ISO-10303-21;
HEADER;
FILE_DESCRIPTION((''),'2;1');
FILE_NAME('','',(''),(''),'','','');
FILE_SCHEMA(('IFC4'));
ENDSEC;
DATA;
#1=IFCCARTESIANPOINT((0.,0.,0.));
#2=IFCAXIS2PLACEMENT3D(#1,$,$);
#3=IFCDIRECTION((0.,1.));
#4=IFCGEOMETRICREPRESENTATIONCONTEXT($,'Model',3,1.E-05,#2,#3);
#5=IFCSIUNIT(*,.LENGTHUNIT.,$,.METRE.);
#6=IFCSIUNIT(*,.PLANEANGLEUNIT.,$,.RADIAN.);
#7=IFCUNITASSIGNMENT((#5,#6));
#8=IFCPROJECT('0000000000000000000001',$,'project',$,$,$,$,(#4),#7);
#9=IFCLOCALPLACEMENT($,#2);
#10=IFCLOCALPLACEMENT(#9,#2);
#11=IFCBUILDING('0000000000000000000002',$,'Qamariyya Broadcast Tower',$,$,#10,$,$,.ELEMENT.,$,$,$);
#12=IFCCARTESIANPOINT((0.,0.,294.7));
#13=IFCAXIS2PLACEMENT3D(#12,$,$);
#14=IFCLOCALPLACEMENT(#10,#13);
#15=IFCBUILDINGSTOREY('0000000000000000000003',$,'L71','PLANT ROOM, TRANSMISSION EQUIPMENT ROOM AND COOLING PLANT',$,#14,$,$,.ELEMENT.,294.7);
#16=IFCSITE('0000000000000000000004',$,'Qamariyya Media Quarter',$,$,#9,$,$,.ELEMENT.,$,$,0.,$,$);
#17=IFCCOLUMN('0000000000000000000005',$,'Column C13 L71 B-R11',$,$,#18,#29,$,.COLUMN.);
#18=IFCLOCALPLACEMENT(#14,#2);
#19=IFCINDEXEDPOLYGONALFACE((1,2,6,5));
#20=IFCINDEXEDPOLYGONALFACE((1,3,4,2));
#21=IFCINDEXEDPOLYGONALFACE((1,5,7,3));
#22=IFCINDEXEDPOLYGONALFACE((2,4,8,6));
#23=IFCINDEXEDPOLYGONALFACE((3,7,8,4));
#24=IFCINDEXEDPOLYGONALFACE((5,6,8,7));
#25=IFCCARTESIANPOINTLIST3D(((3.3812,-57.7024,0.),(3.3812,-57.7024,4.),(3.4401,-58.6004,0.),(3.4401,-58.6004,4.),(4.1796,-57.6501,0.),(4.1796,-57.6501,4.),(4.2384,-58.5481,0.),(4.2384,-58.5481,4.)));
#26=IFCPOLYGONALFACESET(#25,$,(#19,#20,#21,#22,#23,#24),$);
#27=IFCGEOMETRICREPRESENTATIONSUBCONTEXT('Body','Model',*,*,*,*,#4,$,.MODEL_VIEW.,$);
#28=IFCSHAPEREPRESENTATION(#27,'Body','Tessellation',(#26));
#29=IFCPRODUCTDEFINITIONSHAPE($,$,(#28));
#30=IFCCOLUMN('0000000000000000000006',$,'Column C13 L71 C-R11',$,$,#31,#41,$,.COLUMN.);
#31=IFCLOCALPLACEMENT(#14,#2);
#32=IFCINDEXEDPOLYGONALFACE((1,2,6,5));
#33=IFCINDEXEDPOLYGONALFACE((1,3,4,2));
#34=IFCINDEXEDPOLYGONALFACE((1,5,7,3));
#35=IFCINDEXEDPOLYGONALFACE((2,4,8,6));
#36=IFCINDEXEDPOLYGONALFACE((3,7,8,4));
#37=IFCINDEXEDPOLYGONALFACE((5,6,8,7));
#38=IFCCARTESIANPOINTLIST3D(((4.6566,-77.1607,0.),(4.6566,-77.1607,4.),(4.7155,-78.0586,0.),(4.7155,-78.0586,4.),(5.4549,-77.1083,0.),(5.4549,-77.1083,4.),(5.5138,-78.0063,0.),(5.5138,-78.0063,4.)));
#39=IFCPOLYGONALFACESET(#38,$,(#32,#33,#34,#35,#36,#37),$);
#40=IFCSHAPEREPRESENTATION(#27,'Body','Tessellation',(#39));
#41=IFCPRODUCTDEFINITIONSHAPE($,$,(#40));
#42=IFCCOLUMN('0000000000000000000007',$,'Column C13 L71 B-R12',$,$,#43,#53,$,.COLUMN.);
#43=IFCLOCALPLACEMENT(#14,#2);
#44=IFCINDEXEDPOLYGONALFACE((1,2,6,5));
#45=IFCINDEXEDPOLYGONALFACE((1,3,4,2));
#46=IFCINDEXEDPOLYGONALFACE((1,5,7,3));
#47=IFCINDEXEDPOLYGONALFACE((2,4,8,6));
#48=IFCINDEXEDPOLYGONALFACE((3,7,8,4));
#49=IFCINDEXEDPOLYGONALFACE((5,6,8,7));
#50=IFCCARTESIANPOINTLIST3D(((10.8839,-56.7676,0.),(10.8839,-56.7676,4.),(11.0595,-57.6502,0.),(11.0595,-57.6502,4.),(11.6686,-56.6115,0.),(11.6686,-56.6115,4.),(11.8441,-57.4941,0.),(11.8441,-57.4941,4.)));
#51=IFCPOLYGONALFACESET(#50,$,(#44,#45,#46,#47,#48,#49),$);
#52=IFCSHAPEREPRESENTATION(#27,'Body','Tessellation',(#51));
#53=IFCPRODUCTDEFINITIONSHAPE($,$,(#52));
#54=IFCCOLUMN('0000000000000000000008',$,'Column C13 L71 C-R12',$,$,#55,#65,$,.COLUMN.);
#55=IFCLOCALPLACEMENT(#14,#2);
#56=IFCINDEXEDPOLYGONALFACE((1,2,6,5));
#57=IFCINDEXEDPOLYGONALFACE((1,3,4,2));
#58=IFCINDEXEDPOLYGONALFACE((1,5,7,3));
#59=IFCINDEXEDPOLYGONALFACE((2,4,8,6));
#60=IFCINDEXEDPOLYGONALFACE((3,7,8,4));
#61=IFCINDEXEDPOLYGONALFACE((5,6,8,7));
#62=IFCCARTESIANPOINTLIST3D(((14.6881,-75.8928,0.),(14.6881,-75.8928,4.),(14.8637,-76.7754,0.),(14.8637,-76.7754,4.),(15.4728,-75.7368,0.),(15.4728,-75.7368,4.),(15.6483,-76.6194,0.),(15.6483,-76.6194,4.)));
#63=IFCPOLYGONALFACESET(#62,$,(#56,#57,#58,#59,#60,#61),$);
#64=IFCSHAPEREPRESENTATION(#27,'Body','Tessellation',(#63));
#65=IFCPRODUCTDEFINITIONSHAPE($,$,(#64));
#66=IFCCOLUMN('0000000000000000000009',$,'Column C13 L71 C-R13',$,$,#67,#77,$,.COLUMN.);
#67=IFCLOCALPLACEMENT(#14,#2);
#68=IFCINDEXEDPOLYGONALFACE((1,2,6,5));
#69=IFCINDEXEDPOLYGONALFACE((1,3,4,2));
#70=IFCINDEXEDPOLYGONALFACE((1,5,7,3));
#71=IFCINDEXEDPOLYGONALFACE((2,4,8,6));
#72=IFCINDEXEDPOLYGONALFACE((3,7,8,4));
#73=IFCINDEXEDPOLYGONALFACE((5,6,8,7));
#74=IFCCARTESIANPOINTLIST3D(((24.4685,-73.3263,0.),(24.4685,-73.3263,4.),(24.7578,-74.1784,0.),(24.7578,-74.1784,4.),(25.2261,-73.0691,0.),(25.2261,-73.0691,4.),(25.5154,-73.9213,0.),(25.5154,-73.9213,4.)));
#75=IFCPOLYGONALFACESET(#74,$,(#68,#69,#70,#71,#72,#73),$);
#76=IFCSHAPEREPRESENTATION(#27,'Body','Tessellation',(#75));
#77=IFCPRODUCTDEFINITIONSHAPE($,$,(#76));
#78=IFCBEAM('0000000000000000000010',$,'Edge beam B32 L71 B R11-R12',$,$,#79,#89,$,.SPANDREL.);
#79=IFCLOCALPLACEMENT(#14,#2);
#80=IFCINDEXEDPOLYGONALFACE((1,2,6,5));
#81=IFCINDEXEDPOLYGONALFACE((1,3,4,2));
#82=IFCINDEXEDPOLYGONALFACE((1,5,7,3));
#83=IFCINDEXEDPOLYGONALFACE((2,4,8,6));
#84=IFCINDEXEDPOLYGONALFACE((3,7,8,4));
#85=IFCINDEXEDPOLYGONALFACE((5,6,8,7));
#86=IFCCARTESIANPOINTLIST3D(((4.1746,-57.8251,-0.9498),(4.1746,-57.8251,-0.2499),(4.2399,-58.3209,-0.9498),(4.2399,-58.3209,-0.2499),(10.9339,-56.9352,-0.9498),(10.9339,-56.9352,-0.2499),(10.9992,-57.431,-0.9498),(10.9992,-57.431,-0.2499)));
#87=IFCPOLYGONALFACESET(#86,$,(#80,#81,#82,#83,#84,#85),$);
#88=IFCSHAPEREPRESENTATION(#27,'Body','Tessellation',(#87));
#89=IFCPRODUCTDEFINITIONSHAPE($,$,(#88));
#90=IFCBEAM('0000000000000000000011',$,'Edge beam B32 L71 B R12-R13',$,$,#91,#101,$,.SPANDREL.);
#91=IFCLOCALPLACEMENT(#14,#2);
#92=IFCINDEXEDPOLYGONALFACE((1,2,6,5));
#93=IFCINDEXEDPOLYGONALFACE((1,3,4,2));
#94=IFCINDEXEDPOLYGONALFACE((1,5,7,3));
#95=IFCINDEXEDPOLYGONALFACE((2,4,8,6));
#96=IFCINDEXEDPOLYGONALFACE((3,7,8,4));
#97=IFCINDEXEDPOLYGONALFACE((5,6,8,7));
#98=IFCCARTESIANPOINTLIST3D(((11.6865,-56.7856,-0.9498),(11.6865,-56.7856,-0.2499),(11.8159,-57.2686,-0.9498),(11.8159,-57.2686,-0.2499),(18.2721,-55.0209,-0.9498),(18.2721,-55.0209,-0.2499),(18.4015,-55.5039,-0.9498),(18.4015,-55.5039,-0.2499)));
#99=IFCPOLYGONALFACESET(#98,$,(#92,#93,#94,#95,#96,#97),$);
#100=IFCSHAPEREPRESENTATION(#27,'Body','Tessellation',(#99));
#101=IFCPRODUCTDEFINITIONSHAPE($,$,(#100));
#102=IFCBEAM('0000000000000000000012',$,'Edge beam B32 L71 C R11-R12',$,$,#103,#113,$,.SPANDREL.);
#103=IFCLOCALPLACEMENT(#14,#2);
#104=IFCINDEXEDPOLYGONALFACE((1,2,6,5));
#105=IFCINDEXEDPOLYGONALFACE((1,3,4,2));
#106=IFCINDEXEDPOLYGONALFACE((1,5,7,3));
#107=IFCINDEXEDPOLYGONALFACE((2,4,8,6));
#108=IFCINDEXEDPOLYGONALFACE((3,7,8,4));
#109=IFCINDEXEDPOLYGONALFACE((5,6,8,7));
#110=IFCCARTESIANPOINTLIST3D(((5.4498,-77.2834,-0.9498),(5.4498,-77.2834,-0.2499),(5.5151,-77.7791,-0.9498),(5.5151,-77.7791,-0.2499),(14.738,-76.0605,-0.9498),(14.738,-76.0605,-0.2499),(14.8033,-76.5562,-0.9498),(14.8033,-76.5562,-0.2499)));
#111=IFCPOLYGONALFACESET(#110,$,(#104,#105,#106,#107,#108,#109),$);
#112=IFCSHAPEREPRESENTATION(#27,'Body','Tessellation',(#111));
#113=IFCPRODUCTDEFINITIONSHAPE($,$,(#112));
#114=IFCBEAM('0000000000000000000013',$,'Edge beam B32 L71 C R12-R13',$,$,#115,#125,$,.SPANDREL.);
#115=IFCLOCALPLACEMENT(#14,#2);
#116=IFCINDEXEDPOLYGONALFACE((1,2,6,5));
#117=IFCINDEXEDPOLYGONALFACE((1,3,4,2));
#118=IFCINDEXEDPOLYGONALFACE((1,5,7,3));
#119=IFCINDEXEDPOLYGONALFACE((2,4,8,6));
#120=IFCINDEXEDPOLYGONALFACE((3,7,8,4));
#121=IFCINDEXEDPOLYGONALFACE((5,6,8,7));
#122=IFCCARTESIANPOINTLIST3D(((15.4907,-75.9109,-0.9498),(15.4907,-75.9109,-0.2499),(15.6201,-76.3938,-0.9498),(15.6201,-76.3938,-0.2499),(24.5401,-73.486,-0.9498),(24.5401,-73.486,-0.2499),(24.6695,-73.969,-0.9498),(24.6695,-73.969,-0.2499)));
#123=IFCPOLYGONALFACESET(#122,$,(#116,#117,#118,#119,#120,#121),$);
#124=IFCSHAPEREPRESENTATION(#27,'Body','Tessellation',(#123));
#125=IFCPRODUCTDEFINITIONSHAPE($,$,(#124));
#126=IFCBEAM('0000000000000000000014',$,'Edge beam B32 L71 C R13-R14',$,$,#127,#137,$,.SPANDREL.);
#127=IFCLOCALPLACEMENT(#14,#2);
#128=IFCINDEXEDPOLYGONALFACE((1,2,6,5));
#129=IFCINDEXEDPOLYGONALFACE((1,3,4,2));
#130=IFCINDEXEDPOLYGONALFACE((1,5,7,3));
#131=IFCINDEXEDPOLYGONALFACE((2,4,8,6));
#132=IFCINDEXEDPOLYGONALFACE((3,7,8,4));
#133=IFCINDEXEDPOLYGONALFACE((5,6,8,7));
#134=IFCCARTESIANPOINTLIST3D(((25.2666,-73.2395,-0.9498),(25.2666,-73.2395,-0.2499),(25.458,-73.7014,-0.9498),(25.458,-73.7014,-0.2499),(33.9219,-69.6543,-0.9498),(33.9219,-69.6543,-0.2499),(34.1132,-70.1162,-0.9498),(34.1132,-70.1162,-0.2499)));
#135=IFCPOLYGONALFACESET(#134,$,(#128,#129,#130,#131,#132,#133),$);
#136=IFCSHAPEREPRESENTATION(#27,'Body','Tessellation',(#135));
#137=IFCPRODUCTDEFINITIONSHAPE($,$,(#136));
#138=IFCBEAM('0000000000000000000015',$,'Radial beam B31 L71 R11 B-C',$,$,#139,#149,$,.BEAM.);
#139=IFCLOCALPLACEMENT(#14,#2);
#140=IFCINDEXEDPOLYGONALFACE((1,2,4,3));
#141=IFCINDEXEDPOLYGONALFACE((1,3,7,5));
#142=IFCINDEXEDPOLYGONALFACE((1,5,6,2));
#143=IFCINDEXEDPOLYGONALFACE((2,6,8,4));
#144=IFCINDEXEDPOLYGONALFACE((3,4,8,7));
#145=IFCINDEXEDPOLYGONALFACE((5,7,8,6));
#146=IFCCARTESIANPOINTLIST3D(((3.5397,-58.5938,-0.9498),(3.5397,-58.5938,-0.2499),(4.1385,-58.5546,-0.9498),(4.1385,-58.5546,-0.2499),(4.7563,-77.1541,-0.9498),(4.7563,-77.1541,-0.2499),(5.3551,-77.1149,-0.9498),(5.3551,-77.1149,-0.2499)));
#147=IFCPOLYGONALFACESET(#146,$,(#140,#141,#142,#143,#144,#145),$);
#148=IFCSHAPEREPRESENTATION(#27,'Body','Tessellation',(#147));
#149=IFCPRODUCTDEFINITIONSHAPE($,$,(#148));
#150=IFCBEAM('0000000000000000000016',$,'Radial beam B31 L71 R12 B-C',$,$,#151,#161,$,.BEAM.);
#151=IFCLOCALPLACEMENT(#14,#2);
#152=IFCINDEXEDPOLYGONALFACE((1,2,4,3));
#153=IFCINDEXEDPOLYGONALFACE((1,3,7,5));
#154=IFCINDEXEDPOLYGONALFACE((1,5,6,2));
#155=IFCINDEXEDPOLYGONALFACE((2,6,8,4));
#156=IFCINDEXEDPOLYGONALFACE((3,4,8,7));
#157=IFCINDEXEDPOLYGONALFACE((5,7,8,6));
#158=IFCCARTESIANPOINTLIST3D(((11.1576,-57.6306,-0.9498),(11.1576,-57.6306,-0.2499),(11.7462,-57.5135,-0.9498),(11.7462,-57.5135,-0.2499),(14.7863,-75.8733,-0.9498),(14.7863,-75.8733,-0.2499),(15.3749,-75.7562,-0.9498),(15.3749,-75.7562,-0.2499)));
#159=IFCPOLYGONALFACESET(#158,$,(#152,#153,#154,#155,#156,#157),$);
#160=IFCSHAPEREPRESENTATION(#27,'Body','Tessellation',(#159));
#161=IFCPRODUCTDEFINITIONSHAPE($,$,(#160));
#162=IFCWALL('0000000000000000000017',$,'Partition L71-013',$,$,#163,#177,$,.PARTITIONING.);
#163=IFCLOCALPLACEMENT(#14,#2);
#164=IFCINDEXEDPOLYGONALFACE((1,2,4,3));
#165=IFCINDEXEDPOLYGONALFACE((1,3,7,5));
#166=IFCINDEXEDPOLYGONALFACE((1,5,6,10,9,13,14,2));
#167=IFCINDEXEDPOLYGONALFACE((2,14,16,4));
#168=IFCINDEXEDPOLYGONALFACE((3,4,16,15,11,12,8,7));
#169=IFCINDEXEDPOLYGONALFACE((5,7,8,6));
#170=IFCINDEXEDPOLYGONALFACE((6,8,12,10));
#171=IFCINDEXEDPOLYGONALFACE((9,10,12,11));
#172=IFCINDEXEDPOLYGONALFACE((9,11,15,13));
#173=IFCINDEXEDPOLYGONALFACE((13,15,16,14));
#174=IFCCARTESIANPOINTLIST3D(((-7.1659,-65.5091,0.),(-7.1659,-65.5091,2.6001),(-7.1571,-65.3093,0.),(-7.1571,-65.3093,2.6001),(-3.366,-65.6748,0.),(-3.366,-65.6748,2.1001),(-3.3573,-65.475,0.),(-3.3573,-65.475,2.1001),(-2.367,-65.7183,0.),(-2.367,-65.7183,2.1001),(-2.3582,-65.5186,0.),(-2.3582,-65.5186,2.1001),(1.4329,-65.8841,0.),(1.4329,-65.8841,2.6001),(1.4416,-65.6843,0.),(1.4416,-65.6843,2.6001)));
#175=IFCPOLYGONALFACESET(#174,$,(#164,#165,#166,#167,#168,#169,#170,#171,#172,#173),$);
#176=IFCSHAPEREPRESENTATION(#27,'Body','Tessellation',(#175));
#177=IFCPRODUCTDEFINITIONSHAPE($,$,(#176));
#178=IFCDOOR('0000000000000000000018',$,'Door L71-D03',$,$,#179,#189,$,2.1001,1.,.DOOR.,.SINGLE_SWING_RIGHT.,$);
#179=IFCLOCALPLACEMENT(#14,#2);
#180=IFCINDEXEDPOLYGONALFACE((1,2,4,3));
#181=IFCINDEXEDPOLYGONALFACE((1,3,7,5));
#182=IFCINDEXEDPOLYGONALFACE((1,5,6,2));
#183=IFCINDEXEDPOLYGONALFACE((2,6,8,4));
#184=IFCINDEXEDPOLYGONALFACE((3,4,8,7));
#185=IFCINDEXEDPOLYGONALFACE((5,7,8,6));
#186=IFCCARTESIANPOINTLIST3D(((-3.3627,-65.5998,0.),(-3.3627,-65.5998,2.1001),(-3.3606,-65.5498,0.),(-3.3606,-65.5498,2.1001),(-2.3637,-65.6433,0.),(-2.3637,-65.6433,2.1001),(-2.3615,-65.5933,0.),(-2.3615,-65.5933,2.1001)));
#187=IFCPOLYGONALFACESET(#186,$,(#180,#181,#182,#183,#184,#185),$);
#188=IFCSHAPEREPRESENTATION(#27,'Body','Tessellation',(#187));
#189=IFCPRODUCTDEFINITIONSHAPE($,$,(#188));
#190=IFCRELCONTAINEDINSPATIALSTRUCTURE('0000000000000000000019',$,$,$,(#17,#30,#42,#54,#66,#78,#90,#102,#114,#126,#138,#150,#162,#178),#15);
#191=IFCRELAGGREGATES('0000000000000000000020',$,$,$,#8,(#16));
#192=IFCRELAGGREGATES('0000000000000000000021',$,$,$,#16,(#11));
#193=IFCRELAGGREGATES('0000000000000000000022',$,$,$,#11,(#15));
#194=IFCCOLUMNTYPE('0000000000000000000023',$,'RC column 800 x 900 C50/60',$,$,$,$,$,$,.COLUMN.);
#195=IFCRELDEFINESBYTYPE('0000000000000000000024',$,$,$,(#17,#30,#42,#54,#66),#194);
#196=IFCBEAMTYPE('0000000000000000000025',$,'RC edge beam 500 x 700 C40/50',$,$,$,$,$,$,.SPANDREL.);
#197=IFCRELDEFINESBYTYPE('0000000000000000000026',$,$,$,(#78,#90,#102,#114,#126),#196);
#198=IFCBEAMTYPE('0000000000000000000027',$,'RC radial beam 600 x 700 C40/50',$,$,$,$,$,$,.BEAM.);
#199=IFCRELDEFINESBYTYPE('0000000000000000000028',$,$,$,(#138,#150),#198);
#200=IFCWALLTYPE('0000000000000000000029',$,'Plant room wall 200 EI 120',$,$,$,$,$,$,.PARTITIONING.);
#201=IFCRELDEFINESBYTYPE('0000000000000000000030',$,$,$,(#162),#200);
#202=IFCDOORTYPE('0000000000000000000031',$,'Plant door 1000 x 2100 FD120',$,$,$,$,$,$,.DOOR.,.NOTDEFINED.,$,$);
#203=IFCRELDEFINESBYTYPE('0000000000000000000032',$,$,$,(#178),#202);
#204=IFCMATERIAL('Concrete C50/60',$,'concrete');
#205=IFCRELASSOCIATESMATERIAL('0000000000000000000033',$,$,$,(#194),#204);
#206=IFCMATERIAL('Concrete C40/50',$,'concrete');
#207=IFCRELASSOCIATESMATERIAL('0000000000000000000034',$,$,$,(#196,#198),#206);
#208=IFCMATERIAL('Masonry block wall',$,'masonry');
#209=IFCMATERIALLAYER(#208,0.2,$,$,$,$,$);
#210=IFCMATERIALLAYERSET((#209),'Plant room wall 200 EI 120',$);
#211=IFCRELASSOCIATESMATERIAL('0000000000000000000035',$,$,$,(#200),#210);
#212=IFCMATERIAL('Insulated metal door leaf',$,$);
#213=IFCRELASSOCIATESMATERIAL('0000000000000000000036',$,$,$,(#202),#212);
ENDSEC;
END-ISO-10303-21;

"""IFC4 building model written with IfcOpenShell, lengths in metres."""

from ifc_helpers import new_model, si_unit, direction, frame, frame_2d, origin, origin_2d, place, context, subcontext, project, spatial, rectangle, extrude, material, layer, layer_set, material_profile, profile_set, type_object, element, fill, save


model = new_model("IFC4")

# Units and contexts
model_context = context("Model", 3, precision=1e-05, world=origin(), true_north=direction((0.0, 1.0)))
body_context = subcontext(model_context, "Body", "Model", "MODEL_VIEW")
ifc_project = project(units=[si_unit("LENGTHUNIT", "METRE"), si_unit("PLANEANGLEUNIT", "RADIAN")], contexts=[model_context])

# Site, building, storey
site_placement = place(None, origin())
site = spatial("IfcSite", under=ifc_project, at=site_placement, Name="Qamariyya Media Quarter", CompositionType="ELEMENT", RefElevation=0.0)
building_placement = place(site_placement, origin())
building = spatial("IfcBuilding", under=site, at=building_placement, Name="Qamariyya Broadcast Tower", CompositionType="ELEMENT")
storey_placement = place(building_placement, frame((0.0, 0.0, 294.7)))
storey = spatial("IfcBuildingStorey", under=building, at=storey_placement, Name="L71", Description="PLANT ROOM, TRANSMISSION EQUIPMENT ROOM AND COOLING PLANT", CompositionType="ELEMENT", Elevation=294.7)

# Columns
ifc_material_1 = material(Name="Concrete C50/60", Category="concrete")
ifc_material_profile_1 = material_profile(ifc_material_1, rectangle(XDim=0.8, YDim=0.8999, at=origin_2d()))
ifc_profile_set_1 = profile_set([ifc_material_profile_1], Name="Concrete C50/60")
column_type = type_object("IfcColumnType", Name="RC column 800 x 900 C50/60", PredefinedType="COLUMN", material=ifc_profile_set_1)
for number, where, z_axis, x_axis, name in (
    (1, (3.8098, -58.1252, 0.0), (0.0, 0.0, 1.0), (0.997859, 0.065403, 0.0), "Column C13 L71 B-R11"),
    (2, (5.0852, -77.5835, 0.0), (0.0, 0.0, 1.0), (0.997859, 0.065403, 0.0), "Column C13 L71 C-R11"),
    (3, (11.364, -57.1309, 0.0), (0.0, 0.0, 1.0), (0.980785, 0.19509, 0.0), "Column C13 L71 B-R12"),
    (4, (15.1682, -76.2561, 0.0), (0.0, 0.0, 1.0), (0.980785, 0.19509, 0.0), "Column C13 L71 C-R12"),
    (5, (24.9919, -73.6238, 0.0), (0.0, 0.0, 1.0), (0.94693, 0.321439, 0.0), "Column C13 L71 C-R13"),
):
    element("IfcColumn", number, at=place(storey_placement, frame(where, z_axis=z_axis, x_axis=x_axis)), inside=storey, type_object=column_type, Name=name, PredefinedType="COLUMN", context=body_context, shape_type="SweptSolid", body=[
        extrude(rectangle(XDim=0.8, YDim=0.8999, at=origin_2d()), origin(), (0.0, 0.0, 1.0), 4.0),
    ])

# Beams
ifc_material_2 = material(Name="Concrete C40/50", Category="concrete")
ifc_material_profile_2 = material_profile(ifc_material_2, rectangle(XDim=0.5, YDim=0.7, at=origin_2d()))
ifc_profile_set_2 = profile_set([ifc_material_profile_2], Name="Concrete C40/50")
beam_type_1 = type_object("IfcBeamType", Name="RC edge beam 500 x 700 C40/50", PredefinedType="SPANDREL", material=ifc_profile_set_2)
beam_1_placement = place(storey_placement, frame((4.2073, -58.073, -0.5999), z_axis=(0.991445, 0.130529, 0.0), x_axis=(-0.130529, 0.991445, 0.0)))
element("IfcBeam", 6, at=beam_1_placement, inside=storey, type_object=beam_type_1, Name="Edge beam B32 L71 B R11-R12", PredefinedType="SPANDREL", context=body_context, shape_type="SweptSolid", body=[
    extrude(rectangle(XDim=0.5, YDim=0.7, at=origin_2d()), origin(), (0.0, 0.0, 1.0), 6.8176),
])
beam_2_placement = place(storey_placement, frame((11.7512, -57.0271, -0.5999), z_axis=(0.965923, 0.25883, 0.0), x_axis=(-0.25883, 0.965923, 0.0)))
element("IfcBeam", 7, at=beam_2_placement, inside=storey, type_object=beam_type_1, Name="Edge beam B32 L71 B R12-R13", PredefinedType="SPANDREL", context=body_context, shape_type="SweptSolid", body=[
    extrude(rectangle(XDim=0.5, YDim=0.7, at=origin_2d()), origin(), (0.0, 0.0, 1.0), 6.8179),
])
beam_3_placement = place(storey_placement, frame((5.4824, -77.5312, -0.5999), z_axis=(0.991444, 0.130533, 0.0), x_axis=(-0.130533, 0.991444, 0.0)))
element("IfcBeam", 8, at=beam_3_placement, inside=storey, type_object=beam_type_1, Name="Edge beam B32 L71 C R11-R12", PredefinedType="SPANDREL", context=body_context, shape_type="SweptSolid", body=[
    extrude(rectangle(XDim=0.5, YDim=0.7, at=origin_2d()), origin(), (0.0, 0.0, 1.0), 9.3684),
])
beam_4_placement = place(storey_placement, frame((15.5554, -76.1523, -0.5999), z_axis=(0.965925, 0.258824, 0.0), x_axis=(-0.258824, 0.965925, 0.0)))
element("IfcBeam", 9, at=beam_4_placement, inside=storey, type_object=beam_type_1, Name="Edge beam B32 L71 C R12-R13", PredefinedType="SPANDREL", context=body_context, shape_type="SweptSolid", body=[
    extrude(rectangle(XDim=0.5, YDim=0.7, at=origin_2d()), origin(), (0.0, 0.0, 1.0), 9.3687),
])
beam_5_placement = place(storey_placement, frame((25.3623, -73.4705, -0.5999), z_axis=(0.923877, 0.38269, 0.0), x_axis=(-0.38269, 0.923877, 0.0)))
element("IfcBeam", 10, at=beam_5_placement, inside=storey, type_object=beam_type_1, Name="Edge beam B32 L71 C R13-R14", PredefinedType="SPANDREL", context=body_context, shape_type="SweptSolid", body=[
    extrude(rectangle(XDim=0.5, YDim=0.7, at=origin_2d()), origin(), (0.0, 0.0, 1.0), 9.3684),
])
ifc_material_profile_3 = material_profile(ifc_material_2, rectangle(XDim=0.6001, YDim=0.7, at=origin_2d()))
ifc_profile_set_3 = profile_set([ifc_material_profile_3], Name="Concrete C40/50")
beam_type_2 = type_object("IfcBeamType", Name="RC radial beam 600 x 700 C40/50", PredefinedType="BEAM", material=ifc_profile_set_3)
for number, where, z_axis, x_axis, name in (
    (11, (3.8391, -58.5742, -0.5999), (0.065406, -0.997859, 0.0), (0.997859, 0.065406, 0.0), "Radial beam B31 L71 R11 B-C"),
    (12, (11.4519, -57.572, -0.5999), (0.195089, -0.980786, 0.0), (0.980786, 0.195089, 0.0), "Radial beam B31 L71 R12 B-C"),
):
    element("IfcBeam", number, at=place(storey_placement, frame(where, z_axis=z_axis, x_axis=x_axis)), inside=storey, type_object=beam_type_2, Name=name, PredefinedType="BEAM", context=body_context, shape_type="SweptSolid", body=[
        extrude(rectangle(XDim=0.6001, YDim=0.7, at=origin_2d()), origin(), (0.0, 0.0, 1.0), 18.6001),
    ])

# Wall, opening, door
ifc_material_3 = material(Name="Masonry block wall", Category="masonry")
ifc_layer_1 = layer(ifc_material_3, 0.2)
ifc_layer_set_1 = layer_set([ifc_layer_1], Name="Plant room wall 200 EI 120")
wall_type_1 = type_object("IfcWallType", Name="Plant room wall 200 EI 120", PredefinedType="PARTITIONING", material=ifc_layer_set_1)
wall_1_placement = place(storey_placement, frame((1.4373, -65.7842, 0.0), z_axis=(0.0, 0.0, 1.0), x_axis=(-0.99905, 0.043569, 0.0)))
wall_1 = element("IfcWall", 13, at=wall_1_placement, inside=storey, type_object=wall_type_1, Name="Partition L71-013", PredefinedType="PARTITIONING", context=body_context, shape_type="SweptSolid", body=[
    extrude(rectangle(XDim=8.6069, YDim=0.2, at=frame_2d((4.3035, 0.0))), origin(), (0.0, 0.0, 1.0), 2.6001),
])
opening_1_placement = place(wall_1_placement, frame((3.8035, 0.0, 0.0)))
opening_1 = element("IfcOpeningElement", 14, at=opening_1_placement, cuts=wall_1, PredefinedType="OPENING", context=body_context, shape_type="SweptSolid", body=[
    extrude(rectangle(XDim=1.0, YDim=2.1001, at=frame_2d((0.5, 1.05))), frame((0.0, 0.1099, 0.0), z_axis=(0.0, -1.0, 0.0), x_axis=(1.0, 0.0, 0.0)), (0.0, 0.0, 1.0), 0.22),
])
ifc_material_4 = material(Name="Insulated metal door leaf")
door_type_1 = type_object("IfcDoorType", Name="Plant door 1000 x 2100 FD120", OperationType="NOTDEFINED", PredefinedType="DOOR", material=ifc_material_4)
door_1_placement = place(opening_1_placement, origin())
door_1 = element("IfcDoor", 15, at=door_1_placement, inside=storey, type_object=door_type_1, Name="Door L71-D03", OperationType="SINGLE_SWING_RIGHT", OverallHeight=2.1001, OverallWidth=1.0, PredefinedType="DOOR", context=body_context, shape_type="SweptSolid", body=[
    extrude(rectangle(XDim=1.0, YDim=2.1001, at=frame_2d((0.5, 1.05))), frame((0.0, 0.0249, 0.0), z_axis=(0.0, -1.0, 0.0), x_axis=(1.0, 0.0, 0.0)), (0.0, 0.0, 1.0), 0.05),
])
fill(opening_1, door_1)

save(model, "model.ifc")
